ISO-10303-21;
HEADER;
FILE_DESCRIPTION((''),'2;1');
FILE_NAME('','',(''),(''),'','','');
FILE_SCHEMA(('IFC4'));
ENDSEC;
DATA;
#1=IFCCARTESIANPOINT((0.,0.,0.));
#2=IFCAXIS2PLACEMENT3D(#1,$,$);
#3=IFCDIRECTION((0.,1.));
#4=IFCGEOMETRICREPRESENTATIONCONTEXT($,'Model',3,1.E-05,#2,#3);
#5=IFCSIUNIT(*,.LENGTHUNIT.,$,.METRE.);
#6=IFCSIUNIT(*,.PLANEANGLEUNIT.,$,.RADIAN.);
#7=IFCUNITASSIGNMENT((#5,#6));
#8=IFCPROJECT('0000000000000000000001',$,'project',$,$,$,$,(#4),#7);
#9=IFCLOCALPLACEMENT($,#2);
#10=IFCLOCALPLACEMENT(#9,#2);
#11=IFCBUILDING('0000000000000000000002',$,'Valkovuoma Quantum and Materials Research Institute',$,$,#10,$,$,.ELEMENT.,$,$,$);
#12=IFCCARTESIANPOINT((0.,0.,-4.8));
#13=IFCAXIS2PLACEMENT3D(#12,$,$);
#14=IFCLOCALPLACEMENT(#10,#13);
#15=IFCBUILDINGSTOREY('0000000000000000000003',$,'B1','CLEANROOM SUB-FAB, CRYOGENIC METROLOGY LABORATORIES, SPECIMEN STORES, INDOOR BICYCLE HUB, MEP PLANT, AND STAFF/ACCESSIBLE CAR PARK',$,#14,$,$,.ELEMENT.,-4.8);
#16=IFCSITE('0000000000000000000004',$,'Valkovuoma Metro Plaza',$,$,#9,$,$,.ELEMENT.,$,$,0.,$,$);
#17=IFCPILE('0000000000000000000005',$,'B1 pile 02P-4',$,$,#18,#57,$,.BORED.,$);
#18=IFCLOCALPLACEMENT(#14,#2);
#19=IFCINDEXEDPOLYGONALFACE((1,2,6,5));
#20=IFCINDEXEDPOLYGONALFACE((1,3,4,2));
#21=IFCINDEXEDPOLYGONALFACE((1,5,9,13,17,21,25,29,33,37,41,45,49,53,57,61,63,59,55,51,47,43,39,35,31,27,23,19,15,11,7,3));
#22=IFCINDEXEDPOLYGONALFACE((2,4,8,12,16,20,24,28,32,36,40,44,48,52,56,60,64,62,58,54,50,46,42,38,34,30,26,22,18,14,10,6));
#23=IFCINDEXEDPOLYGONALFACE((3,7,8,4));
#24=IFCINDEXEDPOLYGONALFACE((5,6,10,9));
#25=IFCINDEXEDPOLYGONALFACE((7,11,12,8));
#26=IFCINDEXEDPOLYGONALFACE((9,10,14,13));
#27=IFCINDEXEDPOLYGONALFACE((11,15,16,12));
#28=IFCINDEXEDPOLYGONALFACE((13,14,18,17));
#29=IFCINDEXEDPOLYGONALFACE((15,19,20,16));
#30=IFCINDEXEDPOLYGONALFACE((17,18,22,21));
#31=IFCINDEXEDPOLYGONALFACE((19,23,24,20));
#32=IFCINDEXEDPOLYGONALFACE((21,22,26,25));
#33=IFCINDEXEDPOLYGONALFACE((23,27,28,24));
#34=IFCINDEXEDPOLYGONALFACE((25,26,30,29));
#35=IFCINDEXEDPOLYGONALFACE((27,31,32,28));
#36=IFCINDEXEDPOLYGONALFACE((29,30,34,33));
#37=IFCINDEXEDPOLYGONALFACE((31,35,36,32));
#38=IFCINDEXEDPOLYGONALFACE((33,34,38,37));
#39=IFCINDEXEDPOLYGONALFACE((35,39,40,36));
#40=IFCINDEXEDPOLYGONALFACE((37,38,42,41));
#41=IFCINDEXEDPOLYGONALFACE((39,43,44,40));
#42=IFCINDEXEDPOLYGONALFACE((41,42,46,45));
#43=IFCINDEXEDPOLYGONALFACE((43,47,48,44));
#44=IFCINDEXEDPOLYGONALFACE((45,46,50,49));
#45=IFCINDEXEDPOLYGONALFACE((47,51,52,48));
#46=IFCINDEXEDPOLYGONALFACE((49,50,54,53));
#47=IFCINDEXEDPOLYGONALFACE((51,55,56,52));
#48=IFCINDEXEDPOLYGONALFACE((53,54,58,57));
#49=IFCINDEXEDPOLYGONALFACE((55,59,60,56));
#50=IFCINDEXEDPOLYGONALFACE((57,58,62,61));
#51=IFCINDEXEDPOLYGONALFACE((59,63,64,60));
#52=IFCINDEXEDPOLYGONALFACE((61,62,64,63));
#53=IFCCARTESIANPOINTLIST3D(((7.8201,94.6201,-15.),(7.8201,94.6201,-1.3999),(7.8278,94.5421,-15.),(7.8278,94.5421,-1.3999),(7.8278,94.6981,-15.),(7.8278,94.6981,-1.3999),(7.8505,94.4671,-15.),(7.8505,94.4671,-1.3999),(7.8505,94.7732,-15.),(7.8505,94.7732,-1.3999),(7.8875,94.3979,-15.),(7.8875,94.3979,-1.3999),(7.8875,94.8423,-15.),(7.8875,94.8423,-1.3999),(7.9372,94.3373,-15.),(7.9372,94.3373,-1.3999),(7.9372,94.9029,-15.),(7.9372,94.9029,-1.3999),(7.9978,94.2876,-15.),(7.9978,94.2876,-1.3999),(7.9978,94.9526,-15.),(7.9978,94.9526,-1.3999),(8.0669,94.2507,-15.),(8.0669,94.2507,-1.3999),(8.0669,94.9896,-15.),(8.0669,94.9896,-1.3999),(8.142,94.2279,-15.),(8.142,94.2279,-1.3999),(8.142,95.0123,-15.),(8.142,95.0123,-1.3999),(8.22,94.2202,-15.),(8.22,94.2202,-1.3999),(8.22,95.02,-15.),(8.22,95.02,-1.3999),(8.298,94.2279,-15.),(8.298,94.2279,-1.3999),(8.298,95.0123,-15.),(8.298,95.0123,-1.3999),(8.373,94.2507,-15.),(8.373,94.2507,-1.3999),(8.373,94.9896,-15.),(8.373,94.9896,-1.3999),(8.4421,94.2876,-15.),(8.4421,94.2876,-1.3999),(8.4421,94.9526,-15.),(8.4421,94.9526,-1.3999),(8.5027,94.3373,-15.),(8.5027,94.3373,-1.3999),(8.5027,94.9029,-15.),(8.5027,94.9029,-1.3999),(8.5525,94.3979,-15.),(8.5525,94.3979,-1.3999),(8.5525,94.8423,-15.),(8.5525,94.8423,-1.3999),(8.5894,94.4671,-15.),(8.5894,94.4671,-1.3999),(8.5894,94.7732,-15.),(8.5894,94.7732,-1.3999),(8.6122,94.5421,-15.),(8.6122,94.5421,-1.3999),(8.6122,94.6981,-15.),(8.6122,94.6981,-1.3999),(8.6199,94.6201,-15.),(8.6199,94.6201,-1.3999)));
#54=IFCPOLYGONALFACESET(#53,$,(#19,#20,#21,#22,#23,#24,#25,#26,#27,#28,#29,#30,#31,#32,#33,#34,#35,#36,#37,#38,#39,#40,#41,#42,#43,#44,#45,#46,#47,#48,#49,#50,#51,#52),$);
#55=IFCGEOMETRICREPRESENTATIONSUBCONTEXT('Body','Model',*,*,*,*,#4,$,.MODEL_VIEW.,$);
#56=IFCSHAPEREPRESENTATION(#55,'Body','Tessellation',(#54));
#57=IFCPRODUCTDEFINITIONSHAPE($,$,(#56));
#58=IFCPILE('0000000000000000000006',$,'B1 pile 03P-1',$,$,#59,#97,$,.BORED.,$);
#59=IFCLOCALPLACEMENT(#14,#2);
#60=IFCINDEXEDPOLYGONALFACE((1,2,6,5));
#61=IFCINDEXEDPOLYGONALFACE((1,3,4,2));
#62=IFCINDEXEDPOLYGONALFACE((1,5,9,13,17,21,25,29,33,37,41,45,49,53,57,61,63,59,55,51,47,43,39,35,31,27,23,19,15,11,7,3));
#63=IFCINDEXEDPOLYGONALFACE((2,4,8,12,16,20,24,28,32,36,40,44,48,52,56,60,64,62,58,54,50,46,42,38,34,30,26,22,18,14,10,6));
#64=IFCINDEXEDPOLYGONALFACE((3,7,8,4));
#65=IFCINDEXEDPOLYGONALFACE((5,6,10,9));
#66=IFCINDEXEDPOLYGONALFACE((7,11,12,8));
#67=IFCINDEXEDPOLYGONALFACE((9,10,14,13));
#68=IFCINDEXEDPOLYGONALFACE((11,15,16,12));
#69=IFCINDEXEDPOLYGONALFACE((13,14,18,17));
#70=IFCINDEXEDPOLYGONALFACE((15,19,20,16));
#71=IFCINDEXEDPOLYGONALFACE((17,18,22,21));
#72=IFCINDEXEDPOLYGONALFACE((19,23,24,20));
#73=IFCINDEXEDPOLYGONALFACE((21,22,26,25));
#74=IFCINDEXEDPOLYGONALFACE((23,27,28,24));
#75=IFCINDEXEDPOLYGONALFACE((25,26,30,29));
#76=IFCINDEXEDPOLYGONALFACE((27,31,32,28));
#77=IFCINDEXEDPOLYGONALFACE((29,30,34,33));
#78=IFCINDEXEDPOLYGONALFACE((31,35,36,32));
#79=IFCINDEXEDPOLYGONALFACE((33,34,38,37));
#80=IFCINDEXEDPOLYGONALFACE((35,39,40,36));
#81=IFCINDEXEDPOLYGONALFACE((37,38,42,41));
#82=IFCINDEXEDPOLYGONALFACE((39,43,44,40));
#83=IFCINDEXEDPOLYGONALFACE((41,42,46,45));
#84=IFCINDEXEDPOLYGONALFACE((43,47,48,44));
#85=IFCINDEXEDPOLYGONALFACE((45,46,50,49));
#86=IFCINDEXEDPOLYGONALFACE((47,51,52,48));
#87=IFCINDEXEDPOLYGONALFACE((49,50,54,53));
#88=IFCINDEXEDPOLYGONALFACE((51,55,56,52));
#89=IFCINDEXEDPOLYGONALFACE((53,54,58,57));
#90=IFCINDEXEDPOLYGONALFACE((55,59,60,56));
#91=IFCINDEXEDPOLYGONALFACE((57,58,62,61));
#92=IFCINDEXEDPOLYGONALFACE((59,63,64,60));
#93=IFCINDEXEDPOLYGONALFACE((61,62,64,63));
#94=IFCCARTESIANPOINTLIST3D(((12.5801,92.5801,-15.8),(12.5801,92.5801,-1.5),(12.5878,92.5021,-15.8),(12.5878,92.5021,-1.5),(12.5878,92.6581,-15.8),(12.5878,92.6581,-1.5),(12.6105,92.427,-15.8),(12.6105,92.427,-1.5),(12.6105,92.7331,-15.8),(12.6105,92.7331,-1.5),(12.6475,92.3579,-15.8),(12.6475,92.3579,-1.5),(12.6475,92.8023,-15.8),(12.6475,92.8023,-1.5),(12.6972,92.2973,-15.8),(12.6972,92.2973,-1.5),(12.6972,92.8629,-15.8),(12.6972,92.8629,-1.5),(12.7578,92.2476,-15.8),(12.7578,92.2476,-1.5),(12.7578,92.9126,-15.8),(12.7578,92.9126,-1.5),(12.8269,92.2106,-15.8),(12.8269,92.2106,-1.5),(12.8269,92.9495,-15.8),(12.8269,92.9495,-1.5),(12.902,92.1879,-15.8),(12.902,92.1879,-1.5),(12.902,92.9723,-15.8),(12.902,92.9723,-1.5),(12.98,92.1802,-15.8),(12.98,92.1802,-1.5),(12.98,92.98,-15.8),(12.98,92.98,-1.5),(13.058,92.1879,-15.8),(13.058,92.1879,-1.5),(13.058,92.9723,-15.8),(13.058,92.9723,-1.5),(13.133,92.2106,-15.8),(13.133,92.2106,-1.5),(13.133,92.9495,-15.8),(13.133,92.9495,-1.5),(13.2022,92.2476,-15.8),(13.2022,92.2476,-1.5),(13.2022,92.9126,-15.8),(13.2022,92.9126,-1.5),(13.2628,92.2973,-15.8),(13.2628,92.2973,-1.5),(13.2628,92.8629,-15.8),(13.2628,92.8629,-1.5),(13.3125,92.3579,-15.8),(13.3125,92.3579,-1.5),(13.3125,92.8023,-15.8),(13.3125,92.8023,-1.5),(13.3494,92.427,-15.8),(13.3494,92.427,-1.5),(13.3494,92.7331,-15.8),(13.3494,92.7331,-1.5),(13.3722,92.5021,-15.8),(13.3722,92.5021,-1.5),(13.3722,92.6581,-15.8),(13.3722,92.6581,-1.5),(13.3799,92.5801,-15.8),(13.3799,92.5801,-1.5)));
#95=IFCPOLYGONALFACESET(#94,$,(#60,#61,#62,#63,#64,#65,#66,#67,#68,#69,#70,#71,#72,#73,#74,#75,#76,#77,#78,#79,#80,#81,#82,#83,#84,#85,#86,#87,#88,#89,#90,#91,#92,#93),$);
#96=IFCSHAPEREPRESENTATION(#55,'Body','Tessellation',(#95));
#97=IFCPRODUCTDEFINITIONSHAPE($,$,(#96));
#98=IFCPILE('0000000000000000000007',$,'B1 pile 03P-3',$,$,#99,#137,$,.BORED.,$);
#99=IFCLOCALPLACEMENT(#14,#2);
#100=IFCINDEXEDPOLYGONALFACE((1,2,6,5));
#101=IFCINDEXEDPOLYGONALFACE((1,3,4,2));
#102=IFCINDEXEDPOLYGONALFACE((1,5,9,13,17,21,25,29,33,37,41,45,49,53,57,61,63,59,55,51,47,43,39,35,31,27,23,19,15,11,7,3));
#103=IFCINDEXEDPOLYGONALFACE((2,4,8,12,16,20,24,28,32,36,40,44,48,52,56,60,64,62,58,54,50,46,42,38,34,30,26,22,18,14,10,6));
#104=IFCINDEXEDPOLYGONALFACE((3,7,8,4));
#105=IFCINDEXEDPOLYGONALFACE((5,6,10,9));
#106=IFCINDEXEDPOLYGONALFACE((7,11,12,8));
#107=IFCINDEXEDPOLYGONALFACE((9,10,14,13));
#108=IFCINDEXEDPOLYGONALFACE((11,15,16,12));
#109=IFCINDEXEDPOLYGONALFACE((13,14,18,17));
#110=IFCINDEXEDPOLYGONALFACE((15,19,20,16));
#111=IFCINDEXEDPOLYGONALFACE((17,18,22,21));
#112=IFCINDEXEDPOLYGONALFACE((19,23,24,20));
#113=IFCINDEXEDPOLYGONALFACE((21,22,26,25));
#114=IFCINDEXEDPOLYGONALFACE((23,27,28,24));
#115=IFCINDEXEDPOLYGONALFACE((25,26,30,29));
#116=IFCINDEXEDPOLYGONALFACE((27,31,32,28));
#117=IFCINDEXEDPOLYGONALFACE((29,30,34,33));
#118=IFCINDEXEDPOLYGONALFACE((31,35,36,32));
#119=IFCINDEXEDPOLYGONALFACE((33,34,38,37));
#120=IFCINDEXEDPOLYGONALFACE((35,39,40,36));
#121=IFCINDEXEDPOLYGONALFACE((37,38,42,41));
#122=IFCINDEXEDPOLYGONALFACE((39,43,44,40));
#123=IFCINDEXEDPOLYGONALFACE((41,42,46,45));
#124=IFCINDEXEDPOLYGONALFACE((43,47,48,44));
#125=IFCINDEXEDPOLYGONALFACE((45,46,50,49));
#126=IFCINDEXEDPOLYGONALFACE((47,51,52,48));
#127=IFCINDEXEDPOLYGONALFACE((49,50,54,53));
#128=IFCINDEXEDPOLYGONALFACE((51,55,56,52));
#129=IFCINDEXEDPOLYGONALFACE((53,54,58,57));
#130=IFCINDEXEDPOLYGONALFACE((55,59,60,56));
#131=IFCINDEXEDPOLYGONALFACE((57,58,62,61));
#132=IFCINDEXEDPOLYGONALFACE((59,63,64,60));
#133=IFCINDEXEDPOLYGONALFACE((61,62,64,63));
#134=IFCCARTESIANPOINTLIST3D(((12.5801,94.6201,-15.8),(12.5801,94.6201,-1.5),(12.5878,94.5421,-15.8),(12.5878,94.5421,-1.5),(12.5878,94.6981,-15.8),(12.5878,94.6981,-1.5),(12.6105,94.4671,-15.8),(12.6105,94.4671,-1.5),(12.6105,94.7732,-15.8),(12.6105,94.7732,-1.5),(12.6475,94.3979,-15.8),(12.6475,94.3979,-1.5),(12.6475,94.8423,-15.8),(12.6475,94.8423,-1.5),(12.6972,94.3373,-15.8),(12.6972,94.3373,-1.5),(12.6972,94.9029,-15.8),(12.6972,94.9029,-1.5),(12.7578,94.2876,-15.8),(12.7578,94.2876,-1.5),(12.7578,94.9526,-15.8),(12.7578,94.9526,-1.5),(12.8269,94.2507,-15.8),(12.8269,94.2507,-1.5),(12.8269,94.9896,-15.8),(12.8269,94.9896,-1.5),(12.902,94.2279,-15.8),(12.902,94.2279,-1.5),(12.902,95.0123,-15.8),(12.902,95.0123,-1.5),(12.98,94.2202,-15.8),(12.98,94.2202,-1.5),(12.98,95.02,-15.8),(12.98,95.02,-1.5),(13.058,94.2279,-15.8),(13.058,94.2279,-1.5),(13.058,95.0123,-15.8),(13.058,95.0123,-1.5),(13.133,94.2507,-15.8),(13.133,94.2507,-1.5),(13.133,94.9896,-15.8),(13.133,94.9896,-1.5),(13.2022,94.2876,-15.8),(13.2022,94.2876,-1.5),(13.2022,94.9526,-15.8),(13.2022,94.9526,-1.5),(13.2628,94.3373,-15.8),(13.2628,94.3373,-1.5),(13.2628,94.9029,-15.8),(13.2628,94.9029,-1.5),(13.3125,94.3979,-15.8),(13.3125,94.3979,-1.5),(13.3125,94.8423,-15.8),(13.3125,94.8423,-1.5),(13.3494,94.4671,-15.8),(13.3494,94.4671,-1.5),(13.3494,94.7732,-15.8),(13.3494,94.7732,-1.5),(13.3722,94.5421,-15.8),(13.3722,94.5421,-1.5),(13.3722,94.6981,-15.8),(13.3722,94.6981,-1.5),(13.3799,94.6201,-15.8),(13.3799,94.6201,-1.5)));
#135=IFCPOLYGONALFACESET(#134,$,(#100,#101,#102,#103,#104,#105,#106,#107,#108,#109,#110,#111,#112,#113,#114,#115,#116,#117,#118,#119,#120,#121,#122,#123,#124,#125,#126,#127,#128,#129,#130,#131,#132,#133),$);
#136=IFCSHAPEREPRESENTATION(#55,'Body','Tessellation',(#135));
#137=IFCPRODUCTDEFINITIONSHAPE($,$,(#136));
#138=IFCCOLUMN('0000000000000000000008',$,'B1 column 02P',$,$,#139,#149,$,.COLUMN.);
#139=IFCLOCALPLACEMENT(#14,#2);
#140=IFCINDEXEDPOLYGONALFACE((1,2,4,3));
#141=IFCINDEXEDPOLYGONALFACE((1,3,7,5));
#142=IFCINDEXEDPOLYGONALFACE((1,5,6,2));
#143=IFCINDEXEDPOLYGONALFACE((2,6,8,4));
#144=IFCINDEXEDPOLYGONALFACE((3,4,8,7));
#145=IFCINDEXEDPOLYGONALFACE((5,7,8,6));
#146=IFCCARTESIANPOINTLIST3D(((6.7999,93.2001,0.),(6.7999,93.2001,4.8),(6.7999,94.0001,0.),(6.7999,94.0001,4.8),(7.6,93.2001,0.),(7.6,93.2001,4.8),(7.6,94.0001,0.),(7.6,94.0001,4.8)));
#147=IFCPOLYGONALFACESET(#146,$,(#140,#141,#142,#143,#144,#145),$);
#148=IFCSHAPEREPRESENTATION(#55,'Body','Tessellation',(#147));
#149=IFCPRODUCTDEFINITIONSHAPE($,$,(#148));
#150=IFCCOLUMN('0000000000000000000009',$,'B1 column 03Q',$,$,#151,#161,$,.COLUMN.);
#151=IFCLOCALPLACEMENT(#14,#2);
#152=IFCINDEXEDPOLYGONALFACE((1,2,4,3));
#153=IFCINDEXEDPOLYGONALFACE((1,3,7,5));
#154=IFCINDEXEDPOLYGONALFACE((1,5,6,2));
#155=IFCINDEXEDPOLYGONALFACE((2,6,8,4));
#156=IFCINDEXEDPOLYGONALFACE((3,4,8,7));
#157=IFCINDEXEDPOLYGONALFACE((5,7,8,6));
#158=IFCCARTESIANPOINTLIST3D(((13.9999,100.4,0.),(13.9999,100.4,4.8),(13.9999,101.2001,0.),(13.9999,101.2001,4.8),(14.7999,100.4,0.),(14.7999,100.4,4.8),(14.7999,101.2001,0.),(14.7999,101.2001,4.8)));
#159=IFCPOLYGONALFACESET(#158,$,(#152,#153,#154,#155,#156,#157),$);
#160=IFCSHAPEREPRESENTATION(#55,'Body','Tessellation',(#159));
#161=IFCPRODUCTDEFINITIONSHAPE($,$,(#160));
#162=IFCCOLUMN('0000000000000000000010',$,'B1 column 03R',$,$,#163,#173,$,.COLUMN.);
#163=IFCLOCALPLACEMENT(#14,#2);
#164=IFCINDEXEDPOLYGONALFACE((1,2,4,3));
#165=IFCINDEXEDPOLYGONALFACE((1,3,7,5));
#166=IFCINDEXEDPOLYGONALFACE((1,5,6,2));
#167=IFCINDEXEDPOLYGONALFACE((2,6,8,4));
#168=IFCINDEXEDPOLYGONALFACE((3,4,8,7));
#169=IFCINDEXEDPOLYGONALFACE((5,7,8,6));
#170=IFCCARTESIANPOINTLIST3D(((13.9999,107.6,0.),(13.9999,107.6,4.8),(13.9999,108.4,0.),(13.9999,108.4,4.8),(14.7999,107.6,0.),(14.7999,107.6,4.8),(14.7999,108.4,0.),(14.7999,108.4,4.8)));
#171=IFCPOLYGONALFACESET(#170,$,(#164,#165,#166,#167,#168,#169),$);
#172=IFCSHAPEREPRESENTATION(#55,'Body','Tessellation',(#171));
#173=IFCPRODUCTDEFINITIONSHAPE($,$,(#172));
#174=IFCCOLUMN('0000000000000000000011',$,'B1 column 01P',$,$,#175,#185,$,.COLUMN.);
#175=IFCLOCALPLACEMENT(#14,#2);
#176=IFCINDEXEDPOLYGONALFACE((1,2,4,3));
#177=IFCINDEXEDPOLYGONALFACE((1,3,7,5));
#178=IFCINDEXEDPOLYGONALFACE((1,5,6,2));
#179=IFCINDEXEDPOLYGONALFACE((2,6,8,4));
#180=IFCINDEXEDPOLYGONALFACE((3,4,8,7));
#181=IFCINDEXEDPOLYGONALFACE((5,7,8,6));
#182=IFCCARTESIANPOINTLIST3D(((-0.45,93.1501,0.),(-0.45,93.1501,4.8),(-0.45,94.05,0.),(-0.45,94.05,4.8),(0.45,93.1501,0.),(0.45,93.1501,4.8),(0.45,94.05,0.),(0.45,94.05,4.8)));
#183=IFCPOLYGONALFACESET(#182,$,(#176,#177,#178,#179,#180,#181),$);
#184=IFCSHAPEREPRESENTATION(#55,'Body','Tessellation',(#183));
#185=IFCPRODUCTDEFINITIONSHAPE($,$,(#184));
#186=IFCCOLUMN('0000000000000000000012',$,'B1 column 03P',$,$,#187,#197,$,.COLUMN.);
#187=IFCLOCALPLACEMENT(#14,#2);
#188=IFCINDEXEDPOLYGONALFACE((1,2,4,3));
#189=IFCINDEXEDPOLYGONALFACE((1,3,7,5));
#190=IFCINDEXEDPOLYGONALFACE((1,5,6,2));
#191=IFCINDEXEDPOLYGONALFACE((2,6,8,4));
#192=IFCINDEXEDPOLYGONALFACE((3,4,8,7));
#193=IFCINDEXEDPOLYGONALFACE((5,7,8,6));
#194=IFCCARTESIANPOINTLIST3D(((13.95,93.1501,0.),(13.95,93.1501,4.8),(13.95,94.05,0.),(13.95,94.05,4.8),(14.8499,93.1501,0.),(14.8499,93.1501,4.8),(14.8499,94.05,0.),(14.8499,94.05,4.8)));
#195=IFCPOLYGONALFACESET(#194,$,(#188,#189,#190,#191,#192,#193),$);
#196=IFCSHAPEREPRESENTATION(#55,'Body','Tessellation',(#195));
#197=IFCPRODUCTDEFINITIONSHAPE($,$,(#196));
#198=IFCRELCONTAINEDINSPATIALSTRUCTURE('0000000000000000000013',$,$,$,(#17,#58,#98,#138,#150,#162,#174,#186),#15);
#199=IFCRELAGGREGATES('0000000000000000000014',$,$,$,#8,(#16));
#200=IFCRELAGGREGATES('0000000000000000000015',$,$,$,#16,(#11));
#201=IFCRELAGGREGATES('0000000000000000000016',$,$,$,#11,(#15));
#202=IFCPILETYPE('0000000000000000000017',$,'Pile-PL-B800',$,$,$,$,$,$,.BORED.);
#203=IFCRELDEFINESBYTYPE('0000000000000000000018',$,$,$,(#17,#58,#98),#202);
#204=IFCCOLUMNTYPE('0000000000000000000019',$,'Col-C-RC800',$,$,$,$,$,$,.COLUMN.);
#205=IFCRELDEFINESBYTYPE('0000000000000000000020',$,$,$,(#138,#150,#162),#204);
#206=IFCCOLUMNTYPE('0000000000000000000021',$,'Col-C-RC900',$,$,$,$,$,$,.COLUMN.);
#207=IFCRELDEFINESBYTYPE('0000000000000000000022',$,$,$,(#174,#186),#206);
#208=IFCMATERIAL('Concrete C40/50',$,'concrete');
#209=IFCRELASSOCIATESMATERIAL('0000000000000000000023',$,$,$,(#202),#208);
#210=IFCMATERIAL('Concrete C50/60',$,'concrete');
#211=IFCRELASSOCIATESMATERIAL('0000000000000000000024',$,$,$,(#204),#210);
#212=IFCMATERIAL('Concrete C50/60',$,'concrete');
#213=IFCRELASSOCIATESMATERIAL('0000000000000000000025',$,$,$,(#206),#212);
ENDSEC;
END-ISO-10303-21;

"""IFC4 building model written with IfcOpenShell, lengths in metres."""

from ifc_helpers import new_model, si_unit, direction, frame, origin, origin_2d, place, context, subcontext, project, spatial, rectangle, circle, extrude, material, material_profile, profile_set, type_object, element, save


model = new_model("IFC4")

# Units and contexts
model_context = context("Model", 3, precision=1e-05, world=origin(), true_north=direction((0.0, 1.0)))
body_context = subcontext(model_context, "Body", "Model", "MODEL_VIEW")
ifc_project = project(units=[si_unit("LENGTHUNIT", "METRE"), si_unit("PLANEANGLEUNIT", "RADIAN")], contexts=[model_context])

# Site, building, storey
site_placement = place(None, origin())
site = spatial("IfcSite", under=ifc_project, at=site_placement, Name="Valkovuoma Metro Plaza", CompositionType="ELEMENT", RefElevation=0.0)
building_placement = place(site_placement, origin())
building = spatial("IfcBuilding", under=site, at=building_placement, Name="Valkovuoma Quantum and Materials Research Institute", CompositionType="ELEMENT")
storey_placement = place(building_placement, frame((0.0, 0.0, -4.8)))
storey = spatial("IfcBuildingStorey", under=building, at=storey_placement, Name="B1", Description="CLEANROOM SUB-FAB, CRYOGENIC METROLOGY LABORATORIES, SPECIMEN STORES, INDOOR BICYCLE HUB, MEP PLANT, AND STAFF/ACCESSIBLE CAR PARK", CompositionType="ELEMENT", Elevation=-4.8)

# Piles
ifc_material_1 = material(Name="Concrete C40/50", Category="concrete")
ifc_material_profile_1 = material_profile(ifc_material_1, circle(Radius=0.3999, at=origin_2d()), Name="Concrete C40/50")
ifc_profile_set_1 = profile_set([ifc_material_profile_1], Name="Concrete C40/50")
pile_type_1 = type_object("IfcPileType", Name="Pile-PL-B800", PredefinedType="BORED", material=ifc_profile_set_1)
for number, where, z_axis, x_axis, name in (
    (1, (8.22, 94.6201, -1.3999), (0.0, 0.0, -1.0), (1.0, 0.0, 0.0), "B1 pile 02P-4"),
):
    element("IfcPile", number, at=place(storey_placement, frame(where, z_axis=z_axis, x_axis=x_axis)), inside=storey, type_object=pile_type_1, Name=name, PredefinedType="BORED", context=body_context, shape_type="SweptSolid", body=[
        extrude(circle(Radius=0.3999, at=origin_2d()), origin(), (0.0, 0.0, 1.0), 13.6001),
    ])
for number, where, z_axis, x_axis, name in (
    (2, (12.98, 92.5801, -1.5), (0.0, 0.0, -1.0), (1.0, 0.0, 0.0), "B1 pile 03P-1"),
    (3, (12.98, 94.6201, -1.5), (0.0, 0.0, -1.0), (1.0, 0.0, 0.0), "B1 pile 03P-3"),
):
    element("IfcPile", number, at=place(storey_placement, frame(where, z_axis=z_axis, x_axis=x_axis)), inside=storey, type_object=pile_type_1, Name=name, PredefinedType="BORED", context=body_context, shape_type="SweptSolid", body=[
        extrude(circle(Radius=0.3999, at=origin_2d()), origin(), (0.0, 0.0, 1.0), 14.3),
    ])

# Columns
ifc_material_2 = material(Name="Concrete C50/60", Category="concrete")
ifc_material_profile_2 = material_profile(ifc_material_2, rectangle(XDim=0.8, YDim=0.8, at=origin_2d()), Name="Concrete C50/60")
ifc_profile_set_2 = profile_set([ifc_material_profile_2], Name="Concrete C50/60")
column_type_1 = type_object("IfcColumnType", Name="Col-C-RC800", PredefinedType="COLUMN", material=ifc_profile_set_2)
for number, where, z_axis, x_axis, name in (
    (4, (7.2, 93.6001, 0.0), (0.0, 0.0, 1.0), (1.0, 0.0, 0.0), "B1 column 02P"),
    (5, (14.3999, 100.8, 0.0), (0.0, 0.0, 1.0), (1.0, 0.0, 0.0), "B1 column 03Q"),
    (6, (14.3999, 108.0, 0.0), (0.0, 0.0, 1.0), (1.0, 0.0, 0.0), "B1 column 03R"),
):
    element("IfcColumn", number, at=place(storey_placement, frame(where, z_axis=z_axis, x_axis=x_axis)), inside=storey, type_object=column_type_1, Name=name, PredefinedType="COLUMN", context=body_context, shape_type="SweptSolid", body=[
        extrude(rectangle(XDim=0.8, YDim=0.8, at=origin_2d()), origin(), (0.0, 0.0, 1.0), 4.8),
    ])
ifc_material_3 = material(Name="Concrete C50/60", Category="concrete")
ifc_material_profile_3 = material_profile(ifc_material_3, rectangle(XDim=0.8999, YDim=0.8999, at=origin_2d()), Name="Concrete C50/60")
ifc_profile_set_3 = profile_set([ifc_material_profile_3], Name="Concrete C50/60")
column_type_2 = type_object("IfcColumnType", Name="Col-C-RC900", PredefinedType="COLUMN", material=ifc_profile_set_3)
for number, where, z_axis, x_axis, name in (
    (7, (0.0, 93.6001, 0.0), (0.0, 0.0, 1.0), (1.0, 0.0, 0.0), "B1 column 01P"),
    (8, (14.3999, 93.6001, 0.0), (0.0, 0.0, 1.0), (1.0, 0.0, 0.0), "B1 column 03P"),
):
    element("IfcColumn", number, at=place(storey_placement, frame(where, z_axis=z_axis, x_axis=x_axis)), inside=storey, type_object=column_type_2, Name=name, PredefinedType="COLUMN", context=body_context, shape_type="SweptSolid", body=[
        extrude(rectangle(XDim=0.8999, YDim=0.8999, at=origin_2d()), origin(), (0.0, 0.0, 1.0), 4.8),
    ])

save(model, "model.ifc")
